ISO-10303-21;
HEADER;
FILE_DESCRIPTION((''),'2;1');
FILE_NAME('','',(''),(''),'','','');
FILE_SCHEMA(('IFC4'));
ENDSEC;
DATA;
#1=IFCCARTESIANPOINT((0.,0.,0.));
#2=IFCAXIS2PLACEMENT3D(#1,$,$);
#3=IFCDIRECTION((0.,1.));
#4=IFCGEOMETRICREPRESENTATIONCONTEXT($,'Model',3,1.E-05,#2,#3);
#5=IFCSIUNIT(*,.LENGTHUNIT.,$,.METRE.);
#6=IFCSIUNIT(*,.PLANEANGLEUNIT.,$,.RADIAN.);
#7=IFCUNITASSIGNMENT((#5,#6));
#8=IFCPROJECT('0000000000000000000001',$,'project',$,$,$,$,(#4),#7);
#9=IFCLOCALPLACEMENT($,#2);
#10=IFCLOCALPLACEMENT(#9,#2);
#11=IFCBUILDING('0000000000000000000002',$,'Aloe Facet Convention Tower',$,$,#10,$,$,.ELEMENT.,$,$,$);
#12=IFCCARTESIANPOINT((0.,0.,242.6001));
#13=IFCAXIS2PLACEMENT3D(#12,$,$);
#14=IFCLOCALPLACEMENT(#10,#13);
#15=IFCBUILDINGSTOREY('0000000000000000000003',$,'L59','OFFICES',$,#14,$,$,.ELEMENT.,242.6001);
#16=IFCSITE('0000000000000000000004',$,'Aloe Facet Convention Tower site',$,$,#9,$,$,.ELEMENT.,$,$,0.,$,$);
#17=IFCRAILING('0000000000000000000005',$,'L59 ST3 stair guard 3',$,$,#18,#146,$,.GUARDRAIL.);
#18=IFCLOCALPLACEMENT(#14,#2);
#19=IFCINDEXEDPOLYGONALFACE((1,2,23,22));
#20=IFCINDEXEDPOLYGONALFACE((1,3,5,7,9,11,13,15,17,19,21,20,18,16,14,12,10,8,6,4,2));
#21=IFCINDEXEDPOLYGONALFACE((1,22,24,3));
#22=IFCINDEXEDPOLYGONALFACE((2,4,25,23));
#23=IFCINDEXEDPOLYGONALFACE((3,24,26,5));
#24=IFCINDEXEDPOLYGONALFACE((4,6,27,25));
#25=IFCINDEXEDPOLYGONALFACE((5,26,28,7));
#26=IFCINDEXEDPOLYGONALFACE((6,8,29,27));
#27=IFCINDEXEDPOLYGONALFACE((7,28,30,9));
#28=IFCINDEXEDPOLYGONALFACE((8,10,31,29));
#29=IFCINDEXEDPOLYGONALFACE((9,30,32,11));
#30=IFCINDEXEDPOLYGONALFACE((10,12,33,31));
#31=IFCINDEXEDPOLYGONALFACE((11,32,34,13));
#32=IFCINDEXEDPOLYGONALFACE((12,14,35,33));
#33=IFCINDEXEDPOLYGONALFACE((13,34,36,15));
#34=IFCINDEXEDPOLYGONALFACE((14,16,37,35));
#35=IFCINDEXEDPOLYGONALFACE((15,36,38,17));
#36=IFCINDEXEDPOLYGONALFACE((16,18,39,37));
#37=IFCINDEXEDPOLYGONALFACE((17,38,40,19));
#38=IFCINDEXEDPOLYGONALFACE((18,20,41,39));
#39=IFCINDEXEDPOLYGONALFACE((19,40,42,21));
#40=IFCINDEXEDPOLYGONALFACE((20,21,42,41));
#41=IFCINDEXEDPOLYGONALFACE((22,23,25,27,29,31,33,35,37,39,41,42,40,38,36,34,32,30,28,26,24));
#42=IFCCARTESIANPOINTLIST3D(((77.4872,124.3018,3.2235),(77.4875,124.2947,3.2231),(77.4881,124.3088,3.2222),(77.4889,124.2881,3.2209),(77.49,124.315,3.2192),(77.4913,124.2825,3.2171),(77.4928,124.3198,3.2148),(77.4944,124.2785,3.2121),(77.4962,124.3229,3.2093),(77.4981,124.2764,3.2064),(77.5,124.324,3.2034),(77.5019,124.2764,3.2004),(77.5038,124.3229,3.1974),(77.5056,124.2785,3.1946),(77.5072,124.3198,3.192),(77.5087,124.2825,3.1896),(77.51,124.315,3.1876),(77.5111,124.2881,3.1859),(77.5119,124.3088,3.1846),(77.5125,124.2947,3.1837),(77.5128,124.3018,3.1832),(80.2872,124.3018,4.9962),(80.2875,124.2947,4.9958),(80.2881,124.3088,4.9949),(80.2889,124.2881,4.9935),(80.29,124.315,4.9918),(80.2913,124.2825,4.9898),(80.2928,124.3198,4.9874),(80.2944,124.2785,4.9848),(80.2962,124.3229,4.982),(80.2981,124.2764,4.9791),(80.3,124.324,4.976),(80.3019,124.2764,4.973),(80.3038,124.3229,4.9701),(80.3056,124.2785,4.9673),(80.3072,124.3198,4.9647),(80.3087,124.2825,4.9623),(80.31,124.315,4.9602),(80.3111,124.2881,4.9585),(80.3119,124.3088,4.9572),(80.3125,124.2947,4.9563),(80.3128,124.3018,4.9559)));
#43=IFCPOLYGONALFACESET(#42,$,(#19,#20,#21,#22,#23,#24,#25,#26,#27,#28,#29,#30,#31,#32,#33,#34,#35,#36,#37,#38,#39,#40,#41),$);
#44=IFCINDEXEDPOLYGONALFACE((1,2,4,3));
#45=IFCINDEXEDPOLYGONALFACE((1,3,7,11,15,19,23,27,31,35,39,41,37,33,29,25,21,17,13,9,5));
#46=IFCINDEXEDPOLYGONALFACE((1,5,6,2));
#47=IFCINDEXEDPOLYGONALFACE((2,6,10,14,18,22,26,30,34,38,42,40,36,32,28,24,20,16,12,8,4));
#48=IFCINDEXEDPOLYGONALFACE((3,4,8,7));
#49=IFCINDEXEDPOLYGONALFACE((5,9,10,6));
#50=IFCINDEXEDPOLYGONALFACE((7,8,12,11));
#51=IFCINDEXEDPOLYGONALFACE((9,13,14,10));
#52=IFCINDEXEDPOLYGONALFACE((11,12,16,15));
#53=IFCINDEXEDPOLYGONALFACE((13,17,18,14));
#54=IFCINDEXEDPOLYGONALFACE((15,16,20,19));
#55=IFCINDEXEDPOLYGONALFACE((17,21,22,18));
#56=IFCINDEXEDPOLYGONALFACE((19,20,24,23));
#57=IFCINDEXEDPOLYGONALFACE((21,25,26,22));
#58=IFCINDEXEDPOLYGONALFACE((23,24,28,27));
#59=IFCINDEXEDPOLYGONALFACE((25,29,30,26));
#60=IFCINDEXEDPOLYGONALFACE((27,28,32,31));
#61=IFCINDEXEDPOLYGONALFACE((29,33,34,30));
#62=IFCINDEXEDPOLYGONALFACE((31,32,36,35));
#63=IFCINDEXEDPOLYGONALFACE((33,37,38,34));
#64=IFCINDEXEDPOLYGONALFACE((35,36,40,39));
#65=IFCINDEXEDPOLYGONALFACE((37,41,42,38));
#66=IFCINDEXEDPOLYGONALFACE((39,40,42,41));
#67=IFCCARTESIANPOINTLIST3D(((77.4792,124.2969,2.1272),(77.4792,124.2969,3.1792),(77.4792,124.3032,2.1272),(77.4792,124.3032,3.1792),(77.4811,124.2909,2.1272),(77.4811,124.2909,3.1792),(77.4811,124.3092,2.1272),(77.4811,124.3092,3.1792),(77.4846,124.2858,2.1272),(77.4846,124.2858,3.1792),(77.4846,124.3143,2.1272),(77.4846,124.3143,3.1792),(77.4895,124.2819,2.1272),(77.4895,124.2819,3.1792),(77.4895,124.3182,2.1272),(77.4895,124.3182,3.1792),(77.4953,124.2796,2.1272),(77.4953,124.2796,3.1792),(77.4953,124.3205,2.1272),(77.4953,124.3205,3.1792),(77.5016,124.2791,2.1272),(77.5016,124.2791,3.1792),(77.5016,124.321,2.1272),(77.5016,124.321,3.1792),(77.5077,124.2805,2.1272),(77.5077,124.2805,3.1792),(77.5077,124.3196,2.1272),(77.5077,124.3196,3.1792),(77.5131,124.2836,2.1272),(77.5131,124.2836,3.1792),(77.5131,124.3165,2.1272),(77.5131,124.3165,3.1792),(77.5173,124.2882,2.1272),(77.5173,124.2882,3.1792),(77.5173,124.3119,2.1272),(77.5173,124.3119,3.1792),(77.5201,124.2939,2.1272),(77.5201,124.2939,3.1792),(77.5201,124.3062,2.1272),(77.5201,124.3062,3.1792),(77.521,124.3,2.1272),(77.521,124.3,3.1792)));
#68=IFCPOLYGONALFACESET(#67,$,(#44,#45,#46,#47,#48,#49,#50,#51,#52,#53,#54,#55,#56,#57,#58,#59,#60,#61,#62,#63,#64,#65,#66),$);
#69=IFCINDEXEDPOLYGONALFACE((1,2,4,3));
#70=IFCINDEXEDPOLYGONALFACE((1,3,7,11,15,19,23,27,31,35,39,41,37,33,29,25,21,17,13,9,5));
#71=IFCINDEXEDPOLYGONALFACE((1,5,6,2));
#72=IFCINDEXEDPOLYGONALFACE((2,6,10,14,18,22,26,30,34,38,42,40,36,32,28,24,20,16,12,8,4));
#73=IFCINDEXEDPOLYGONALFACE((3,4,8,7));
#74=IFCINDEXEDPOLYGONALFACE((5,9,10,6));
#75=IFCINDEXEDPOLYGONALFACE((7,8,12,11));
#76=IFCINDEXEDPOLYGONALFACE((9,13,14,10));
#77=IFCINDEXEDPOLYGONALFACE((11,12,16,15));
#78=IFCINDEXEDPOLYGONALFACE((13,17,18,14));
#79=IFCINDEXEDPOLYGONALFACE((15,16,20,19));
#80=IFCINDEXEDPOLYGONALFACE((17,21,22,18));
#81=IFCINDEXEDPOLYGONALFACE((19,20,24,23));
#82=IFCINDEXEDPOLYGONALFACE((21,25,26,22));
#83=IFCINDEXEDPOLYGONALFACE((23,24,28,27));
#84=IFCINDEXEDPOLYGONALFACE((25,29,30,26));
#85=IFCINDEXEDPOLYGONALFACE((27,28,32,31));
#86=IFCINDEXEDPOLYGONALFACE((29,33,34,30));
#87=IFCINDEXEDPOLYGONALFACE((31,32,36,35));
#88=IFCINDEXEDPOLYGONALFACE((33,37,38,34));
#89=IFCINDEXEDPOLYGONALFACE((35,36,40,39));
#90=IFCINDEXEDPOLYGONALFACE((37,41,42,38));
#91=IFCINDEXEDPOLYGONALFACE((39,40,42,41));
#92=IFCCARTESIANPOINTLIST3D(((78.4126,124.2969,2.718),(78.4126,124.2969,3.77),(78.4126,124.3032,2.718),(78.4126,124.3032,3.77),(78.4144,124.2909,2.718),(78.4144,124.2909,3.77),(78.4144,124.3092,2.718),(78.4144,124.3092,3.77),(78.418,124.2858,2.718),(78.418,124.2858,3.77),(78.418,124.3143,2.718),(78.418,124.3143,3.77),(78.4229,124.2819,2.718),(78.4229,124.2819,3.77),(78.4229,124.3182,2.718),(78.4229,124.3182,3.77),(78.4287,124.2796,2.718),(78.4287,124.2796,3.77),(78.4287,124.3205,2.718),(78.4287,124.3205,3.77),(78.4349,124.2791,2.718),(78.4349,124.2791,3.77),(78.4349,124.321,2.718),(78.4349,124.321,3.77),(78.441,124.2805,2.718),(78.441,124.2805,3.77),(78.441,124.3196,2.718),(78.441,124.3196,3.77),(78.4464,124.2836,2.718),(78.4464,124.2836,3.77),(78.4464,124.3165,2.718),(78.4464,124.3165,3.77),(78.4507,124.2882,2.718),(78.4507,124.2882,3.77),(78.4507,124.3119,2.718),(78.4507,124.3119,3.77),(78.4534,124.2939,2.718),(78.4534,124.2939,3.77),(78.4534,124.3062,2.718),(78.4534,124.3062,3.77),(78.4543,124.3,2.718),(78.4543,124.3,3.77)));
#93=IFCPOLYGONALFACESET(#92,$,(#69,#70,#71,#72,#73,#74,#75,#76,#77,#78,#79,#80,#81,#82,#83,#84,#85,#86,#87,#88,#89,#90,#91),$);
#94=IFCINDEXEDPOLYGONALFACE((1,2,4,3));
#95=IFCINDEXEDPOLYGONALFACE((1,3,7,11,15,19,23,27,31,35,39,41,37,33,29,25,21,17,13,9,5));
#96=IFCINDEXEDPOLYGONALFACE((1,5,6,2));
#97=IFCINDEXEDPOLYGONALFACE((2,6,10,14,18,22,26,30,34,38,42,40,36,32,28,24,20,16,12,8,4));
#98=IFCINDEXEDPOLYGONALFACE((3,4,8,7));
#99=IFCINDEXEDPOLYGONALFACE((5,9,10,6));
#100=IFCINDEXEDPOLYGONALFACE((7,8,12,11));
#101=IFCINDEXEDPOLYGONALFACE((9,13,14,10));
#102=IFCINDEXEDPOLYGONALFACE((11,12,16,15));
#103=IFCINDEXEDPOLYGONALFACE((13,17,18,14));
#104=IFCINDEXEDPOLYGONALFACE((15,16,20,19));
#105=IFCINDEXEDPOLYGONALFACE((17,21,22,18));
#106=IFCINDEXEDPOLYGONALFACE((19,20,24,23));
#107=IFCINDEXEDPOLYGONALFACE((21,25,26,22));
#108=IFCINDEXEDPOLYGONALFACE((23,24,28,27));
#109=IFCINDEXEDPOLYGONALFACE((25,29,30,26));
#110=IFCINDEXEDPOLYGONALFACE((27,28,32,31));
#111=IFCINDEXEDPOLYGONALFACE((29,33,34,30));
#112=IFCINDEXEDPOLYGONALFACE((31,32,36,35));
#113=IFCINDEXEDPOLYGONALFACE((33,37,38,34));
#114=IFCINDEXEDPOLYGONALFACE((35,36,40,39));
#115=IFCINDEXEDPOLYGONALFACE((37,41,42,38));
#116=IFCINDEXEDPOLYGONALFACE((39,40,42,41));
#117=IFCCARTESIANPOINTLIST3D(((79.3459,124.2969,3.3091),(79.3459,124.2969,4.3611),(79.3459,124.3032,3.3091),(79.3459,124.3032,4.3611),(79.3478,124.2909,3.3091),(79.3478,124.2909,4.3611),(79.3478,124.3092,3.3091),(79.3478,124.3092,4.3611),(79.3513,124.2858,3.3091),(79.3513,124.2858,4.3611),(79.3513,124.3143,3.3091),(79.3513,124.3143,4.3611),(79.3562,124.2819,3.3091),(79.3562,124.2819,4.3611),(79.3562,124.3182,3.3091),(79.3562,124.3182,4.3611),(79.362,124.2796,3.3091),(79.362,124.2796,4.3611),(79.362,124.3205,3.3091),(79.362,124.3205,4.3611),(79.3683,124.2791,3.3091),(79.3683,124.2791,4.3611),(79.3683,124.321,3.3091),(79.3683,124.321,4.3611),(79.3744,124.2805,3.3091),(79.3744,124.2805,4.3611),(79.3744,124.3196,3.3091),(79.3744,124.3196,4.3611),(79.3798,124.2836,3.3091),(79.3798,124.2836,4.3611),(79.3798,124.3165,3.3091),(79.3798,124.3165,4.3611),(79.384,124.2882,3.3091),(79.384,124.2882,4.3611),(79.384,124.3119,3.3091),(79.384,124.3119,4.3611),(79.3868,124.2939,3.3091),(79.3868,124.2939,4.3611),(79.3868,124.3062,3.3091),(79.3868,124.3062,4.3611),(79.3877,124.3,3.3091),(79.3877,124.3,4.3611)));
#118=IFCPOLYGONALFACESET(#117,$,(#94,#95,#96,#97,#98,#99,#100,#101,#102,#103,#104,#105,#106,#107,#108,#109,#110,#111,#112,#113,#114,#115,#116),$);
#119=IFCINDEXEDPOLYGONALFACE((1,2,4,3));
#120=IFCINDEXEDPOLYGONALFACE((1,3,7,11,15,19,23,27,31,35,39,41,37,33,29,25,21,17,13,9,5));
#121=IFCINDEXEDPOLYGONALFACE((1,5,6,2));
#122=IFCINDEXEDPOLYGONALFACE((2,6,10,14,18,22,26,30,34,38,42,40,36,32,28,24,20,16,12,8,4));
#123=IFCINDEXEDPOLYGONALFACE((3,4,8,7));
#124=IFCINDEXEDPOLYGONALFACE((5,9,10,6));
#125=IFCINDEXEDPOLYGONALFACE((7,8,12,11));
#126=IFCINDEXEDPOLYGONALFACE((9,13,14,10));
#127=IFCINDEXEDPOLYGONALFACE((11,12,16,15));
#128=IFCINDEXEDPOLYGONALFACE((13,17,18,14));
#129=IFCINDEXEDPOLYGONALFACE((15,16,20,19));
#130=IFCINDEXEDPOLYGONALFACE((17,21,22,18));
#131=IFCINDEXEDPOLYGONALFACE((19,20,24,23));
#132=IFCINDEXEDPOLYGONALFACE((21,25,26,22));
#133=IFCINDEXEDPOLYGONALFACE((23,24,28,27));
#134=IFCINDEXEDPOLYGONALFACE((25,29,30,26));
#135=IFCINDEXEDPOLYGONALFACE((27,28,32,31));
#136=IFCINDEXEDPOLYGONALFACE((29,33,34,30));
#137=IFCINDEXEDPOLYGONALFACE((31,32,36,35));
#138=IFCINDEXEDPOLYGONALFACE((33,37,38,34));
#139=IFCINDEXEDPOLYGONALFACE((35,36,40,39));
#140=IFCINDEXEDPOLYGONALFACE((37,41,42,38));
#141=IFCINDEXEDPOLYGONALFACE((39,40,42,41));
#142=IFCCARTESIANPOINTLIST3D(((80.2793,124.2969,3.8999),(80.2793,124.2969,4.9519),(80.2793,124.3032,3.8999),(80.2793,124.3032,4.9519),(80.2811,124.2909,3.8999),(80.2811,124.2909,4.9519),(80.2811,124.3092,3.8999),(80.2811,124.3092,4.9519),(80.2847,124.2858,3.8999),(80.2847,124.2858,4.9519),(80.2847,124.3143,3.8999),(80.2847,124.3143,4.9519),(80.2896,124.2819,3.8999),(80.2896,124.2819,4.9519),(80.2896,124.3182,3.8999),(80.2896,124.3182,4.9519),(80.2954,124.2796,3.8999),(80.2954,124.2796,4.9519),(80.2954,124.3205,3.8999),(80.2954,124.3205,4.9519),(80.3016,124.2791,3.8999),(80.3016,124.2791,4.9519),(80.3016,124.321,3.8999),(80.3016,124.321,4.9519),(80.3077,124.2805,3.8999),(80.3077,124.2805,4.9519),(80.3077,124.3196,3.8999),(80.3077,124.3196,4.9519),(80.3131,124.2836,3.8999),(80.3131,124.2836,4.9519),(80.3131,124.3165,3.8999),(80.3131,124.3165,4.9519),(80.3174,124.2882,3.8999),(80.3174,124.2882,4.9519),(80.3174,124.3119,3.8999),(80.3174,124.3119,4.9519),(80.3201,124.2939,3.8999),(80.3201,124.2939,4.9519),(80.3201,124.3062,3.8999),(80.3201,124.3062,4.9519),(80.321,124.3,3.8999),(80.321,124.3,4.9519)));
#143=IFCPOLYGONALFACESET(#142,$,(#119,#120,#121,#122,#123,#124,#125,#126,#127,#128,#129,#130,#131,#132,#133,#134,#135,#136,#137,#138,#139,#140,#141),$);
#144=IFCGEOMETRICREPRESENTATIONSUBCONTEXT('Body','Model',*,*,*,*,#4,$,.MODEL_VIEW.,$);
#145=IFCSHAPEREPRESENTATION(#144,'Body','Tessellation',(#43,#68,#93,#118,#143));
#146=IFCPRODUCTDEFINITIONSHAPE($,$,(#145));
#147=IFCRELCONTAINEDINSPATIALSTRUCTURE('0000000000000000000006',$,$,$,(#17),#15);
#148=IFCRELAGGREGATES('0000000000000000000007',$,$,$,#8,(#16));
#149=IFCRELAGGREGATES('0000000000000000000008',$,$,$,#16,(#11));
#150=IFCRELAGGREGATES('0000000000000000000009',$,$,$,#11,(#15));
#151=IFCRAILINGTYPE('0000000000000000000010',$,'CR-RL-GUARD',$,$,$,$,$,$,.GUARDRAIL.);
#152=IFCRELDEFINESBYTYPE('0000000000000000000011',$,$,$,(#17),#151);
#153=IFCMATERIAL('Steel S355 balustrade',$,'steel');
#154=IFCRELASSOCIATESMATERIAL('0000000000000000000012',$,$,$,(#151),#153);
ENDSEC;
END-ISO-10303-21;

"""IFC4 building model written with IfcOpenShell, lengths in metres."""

from ifc_helpers import new_model, si_unit, direction, frame, origin, origin_2d, place, context, subcontext, project, spatial, circle, extrude, material, type_object, element, save


model = new_model("IFC4")

# Units and contexts
model_context = context("Model", 3, precision=1e-05, world=origin(), true_north=direction((0.0, 1.0)))
body_context = subcontext(model_context, "Body", "Model", "MODEL_VIEW")
ifc_project = project(units=[si_unit("LENGTHUNIT", "METRE"), si_unit("PLANEANGLEUNIT", "RADIAN")], contexts=[model_context])

# Site, building, storey
site_placement = place(None, origin())
site = spatial("IfcSite", under=ifc_project, at=site_placement, Name="Aloe Facet Convention Tower site", CompositionType="ELEMENT", RefElevation=0.0)
building_placement = place(site_placement, origin())
building = spatial("IfcBuilding", under=site, at=building_placement, Name="Aloe Facet Convention Tower", CompositionType="ELEMENT")
storey_placement = place(building_placement, frame((0.0, 0.0, 242.6001)))
storey = spatial("IfcBuildingStorey", under=building, at=storey_placement, Name="L59", Description="OFFICES", CompositionType="ELEMENT", Elevation=242.6001)

# Railing
ifc_material_1 = material(Name="Steel S355 balustrade", Category="steel")
railing_type_1 = type_object("IfcRailingType", Name="CR-RL-GUARD", PredefinedType="GUARDRAIL", material=ifc_material_1)
railing_1_placement = place(storey_placement, frame((77.5, 124.3, 2.1272)))
element("IfcRailing", 1, at=railing_1_placement, inside=storey, type_object=railing_type_1, Name="L59 ST3 stair guard 3", PredefinedType="GUARDRAIL", context=body_context, shape_type="SweptSolid", body=[
    extrude(circle(Radius=0.0239, at=origin_2d()), frame((0.0, 0.0, 1.0762), z_axis=(0.844909, 0.0, 0.53491), x_axis=(0.0, 1.0, 0.0)), (0.0, 0.0, 1.0), 3.314),
    extrude(circle(Radius=0.021, at=origin_2d()), origin(), (0.0, 0.0, 1.0), 1.052),
    extrude(circle(Radius=0.021, at=origin_2d()), frame((0.9333, 0.0, 0.5908)), (0.0, 0.0, 1.0), 1.052),
    extrude(circle(Radius=0.021, at=origin_2d()), frame((1.8667, 0.0, 1.1819)), (0.0, 0.0, 1.0), 1.052),
    extrude(circle(Radius=0.021, at=origin_2d()), frame((2.8, 0.0, 1.7727)), (0.0, 0.0, 1.0), 1.052),
])

save(model, "model.ifc")
